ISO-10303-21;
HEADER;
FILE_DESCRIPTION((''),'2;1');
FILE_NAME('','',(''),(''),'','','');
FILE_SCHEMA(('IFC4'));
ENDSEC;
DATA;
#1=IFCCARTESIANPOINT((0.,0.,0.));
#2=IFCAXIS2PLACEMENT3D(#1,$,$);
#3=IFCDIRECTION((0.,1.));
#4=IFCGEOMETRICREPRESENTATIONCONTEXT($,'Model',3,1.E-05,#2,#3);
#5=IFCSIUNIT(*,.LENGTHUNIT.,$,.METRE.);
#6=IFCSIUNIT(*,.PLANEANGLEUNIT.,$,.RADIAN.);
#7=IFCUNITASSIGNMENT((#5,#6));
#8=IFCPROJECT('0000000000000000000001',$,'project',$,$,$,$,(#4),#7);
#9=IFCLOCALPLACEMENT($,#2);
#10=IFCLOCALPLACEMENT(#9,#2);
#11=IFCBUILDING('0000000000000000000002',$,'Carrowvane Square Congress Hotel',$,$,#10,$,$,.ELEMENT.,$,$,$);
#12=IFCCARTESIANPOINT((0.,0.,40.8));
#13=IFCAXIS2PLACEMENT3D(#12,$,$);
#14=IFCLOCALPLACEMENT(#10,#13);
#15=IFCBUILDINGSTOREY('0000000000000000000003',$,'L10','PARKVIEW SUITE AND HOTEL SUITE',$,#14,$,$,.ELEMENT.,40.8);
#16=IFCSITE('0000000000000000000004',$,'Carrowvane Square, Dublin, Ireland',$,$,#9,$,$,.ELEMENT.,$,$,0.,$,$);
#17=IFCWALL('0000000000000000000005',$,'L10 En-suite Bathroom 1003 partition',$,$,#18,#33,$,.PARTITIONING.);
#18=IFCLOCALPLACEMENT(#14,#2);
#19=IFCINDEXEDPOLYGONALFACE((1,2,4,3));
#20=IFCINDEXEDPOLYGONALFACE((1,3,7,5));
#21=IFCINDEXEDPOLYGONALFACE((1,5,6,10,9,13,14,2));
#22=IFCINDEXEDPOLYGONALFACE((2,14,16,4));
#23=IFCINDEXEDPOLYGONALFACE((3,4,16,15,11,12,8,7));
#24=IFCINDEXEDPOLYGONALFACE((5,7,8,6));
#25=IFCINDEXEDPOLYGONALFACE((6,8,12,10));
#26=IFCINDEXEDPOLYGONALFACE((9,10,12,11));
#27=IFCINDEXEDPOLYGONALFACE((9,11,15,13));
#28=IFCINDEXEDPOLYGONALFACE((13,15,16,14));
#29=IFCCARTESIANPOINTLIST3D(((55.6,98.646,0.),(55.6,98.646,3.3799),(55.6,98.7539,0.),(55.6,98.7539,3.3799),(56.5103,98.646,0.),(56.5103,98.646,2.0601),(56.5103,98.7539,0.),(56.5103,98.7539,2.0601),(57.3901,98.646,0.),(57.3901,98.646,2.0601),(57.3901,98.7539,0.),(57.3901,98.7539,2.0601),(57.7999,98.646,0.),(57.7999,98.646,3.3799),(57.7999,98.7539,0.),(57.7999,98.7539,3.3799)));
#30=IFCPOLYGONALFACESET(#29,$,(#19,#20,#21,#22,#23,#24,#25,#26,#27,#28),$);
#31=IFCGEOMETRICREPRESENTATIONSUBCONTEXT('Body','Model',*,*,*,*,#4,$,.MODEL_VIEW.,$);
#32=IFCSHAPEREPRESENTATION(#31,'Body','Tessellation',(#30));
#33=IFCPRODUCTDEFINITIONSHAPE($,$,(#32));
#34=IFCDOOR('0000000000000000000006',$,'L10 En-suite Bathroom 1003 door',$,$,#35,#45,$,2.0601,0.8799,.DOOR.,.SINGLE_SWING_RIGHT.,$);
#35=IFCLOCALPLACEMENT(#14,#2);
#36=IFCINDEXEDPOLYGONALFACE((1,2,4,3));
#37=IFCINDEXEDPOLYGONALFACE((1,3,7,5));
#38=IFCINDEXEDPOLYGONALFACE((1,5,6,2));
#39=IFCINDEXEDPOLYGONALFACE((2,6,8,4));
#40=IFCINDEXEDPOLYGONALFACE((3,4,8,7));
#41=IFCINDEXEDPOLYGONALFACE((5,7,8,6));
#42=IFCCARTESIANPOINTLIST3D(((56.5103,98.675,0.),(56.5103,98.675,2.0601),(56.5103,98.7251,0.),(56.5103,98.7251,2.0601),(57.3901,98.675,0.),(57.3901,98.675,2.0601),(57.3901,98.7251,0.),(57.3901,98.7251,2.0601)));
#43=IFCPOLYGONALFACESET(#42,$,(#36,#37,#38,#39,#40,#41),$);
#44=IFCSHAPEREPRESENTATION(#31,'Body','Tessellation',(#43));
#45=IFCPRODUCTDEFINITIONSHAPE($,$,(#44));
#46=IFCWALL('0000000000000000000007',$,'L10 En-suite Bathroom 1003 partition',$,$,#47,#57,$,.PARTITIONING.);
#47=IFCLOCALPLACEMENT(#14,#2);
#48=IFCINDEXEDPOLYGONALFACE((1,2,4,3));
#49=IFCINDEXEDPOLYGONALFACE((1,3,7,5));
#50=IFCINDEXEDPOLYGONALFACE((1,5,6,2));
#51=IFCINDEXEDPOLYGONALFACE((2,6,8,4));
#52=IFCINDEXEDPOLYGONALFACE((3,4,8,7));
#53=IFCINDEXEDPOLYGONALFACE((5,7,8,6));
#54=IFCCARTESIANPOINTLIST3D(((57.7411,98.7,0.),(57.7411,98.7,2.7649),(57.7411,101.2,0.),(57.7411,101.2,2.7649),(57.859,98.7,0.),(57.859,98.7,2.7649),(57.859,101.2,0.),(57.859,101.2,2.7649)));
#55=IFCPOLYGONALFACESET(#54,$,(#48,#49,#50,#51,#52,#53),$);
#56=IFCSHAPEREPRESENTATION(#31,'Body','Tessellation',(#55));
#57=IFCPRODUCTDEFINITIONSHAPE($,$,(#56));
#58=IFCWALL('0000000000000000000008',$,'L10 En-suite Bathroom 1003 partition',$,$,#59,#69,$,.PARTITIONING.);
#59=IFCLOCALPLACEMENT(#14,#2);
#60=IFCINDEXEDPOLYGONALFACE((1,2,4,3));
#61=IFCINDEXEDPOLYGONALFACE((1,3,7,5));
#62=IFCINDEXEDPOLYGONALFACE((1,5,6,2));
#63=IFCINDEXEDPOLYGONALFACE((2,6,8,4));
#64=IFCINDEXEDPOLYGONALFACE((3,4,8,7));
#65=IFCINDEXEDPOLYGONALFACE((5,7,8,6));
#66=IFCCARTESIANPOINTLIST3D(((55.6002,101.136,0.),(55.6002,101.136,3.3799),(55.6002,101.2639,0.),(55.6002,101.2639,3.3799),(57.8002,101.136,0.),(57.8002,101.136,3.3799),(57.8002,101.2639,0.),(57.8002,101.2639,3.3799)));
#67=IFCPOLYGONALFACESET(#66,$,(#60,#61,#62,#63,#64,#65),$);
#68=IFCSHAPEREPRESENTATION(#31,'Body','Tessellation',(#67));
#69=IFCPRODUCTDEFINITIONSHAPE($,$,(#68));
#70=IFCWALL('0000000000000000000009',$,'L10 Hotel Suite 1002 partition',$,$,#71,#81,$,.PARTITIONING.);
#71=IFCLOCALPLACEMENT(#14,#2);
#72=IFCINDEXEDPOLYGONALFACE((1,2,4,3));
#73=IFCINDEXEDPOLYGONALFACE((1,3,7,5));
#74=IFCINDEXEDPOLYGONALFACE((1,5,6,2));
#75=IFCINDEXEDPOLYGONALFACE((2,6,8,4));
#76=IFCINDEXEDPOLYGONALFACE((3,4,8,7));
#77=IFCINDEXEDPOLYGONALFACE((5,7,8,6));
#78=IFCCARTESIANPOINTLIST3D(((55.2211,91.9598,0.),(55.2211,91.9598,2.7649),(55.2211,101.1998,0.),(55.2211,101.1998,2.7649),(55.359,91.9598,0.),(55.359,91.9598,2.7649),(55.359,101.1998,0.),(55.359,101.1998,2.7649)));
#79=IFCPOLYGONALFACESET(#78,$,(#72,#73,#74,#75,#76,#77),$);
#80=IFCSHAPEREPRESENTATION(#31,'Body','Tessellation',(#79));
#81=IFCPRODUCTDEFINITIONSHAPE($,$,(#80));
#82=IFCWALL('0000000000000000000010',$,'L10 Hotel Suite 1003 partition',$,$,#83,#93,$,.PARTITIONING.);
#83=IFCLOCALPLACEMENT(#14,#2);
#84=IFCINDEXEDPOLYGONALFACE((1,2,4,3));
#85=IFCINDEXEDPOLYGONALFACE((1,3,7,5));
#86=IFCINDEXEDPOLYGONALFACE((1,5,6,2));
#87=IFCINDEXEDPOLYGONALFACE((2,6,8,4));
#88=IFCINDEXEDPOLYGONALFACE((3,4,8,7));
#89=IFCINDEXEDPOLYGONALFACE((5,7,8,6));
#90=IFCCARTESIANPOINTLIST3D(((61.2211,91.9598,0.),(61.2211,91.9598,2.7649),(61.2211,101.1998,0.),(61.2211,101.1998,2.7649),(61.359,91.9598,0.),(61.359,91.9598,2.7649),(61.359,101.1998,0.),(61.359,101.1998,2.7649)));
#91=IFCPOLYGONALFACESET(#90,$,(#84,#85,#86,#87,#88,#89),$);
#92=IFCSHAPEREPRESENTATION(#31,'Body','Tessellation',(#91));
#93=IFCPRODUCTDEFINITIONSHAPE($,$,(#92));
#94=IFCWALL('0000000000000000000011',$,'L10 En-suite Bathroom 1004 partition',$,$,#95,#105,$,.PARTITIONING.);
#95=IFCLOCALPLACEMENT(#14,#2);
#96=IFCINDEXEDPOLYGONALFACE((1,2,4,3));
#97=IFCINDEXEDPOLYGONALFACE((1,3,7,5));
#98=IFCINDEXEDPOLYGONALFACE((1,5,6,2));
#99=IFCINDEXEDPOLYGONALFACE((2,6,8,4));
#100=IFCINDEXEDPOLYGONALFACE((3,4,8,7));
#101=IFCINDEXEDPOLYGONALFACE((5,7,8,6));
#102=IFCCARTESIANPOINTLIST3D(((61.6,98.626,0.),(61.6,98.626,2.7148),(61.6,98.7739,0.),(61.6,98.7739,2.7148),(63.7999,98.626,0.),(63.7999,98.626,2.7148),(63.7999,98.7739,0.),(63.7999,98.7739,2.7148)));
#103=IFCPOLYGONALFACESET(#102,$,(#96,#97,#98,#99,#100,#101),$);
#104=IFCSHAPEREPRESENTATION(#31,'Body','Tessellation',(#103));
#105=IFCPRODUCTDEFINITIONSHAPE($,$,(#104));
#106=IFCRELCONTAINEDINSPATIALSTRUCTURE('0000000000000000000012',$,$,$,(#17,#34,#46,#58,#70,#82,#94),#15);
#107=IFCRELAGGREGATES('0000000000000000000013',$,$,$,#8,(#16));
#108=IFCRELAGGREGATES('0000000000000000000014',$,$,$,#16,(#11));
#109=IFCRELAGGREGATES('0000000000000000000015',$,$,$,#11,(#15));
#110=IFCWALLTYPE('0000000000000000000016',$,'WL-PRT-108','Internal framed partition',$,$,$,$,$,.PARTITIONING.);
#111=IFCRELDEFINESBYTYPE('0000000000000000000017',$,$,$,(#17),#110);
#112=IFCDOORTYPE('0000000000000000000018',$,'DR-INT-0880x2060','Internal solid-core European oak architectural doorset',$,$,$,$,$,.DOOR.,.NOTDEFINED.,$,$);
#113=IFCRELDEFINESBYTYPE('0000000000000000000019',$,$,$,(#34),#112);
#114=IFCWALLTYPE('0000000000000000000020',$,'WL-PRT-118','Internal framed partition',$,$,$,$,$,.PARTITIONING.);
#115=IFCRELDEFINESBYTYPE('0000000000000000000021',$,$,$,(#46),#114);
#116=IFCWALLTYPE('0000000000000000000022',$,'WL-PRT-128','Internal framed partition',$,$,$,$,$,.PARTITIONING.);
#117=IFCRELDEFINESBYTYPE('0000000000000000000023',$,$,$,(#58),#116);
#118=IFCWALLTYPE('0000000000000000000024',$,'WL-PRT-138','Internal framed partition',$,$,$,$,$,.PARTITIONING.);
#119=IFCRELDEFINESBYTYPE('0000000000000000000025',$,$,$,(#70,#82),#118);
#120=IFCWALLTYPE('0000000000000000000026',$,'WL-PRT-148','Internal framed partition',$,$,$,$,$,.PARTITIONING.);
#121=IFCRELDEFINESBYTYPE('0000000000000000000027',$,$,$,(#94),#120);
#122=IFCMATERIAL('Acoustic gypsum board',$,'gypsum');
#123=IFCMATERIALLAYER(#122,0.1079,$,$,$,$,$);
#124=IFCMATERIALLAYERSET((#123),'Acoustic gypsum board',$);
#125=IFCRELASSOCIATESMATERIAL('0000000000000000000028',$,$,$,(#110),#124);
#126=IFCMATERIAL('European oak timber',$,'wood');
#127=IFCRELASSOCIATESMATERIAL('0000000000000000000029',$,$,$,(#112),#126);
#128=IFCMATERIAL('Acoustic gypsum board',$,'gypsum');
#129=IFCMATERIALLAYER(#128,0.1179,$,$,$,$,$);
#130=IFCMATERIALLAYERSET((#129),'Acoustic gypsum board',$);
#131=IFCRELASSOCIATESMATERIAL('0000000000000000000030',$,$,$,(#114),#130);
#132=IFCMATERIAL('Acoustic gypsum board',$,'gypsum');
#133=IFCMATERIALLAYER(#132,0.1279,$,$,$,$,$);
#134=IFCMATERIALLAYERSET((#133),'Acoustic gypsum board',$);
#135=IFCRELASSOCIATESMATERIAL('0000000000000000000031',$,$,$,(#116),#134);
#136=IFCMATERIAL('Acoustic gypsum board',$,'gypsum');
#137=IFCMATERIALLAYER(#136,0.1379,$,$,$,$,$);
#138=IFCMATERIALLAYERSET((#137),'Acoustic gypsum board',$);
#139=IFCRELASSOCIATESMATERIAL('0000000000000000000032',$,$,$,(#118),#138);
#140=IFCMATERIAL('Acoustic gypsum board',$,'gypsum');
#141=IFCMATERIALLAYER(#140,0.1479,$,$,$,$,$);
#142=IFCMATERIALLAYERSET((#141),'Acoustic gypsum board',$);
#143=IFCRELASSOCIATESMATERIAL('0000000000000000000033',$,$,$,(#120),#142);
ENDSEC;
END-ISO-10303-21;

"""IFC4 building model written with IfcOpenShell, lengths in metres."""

from ifc_helpers import new_model, si_unit, direction, frame, frame_2d, origin, place, context, subcontext, project, spatial, rectangle, extrude, material, layer, layer_set, type_object, element, fill, save


model = new_model("IFC4")

# Units and contexts
model_context = context("Model", 3, precision=1e-05, world=origin(), true_north=direction((0.0, 1.0)))
body_context = subcontext(model_context, "Body", "Model", "MODEL_VIEW")
ifc_project = project(units=[si_unit("LENGTHUNIT", "METRE"), si_unit("PLANEANGLEUNIT", "RADIAN")], contexts=[model_context])

# Site, building, storey
site_placement = place(None, origin())
site = spatial("IfcSite", under=ifc_project, at=site_placement, Name="Carrowvane Square, Dublin, Ireland", CompositionType="ELEMENT", RefElevation=0.0)
building_placement = place(site_placement, origin())
building = spatial("IfcBuilding", under=site, at=building_placement, Name="Carrowvane Square Congress Hotel", CompositionType="ELEMENT")
storey_placement = place(building_placement, frame((0.0, 0.0, 40.8)))
storey = spatial("IfcBuildingStorey", under=building, at=storey_placement, Name="L10", Description="PARKVIEW SUITE AND HOTEL SUITE", CompositionType="ELEMENT", Elevation=40.8)

# Wall, opening, door
ifc_material_1 = material(Name="Acoustic gypsum board", Category="gypsum")
ifc_layer_1 = layer(ifc_material_1, 0.1079)
ifc_layer_set_1 = layer_set([ifc_layer_1], Name="Acoustic gypsum board")
wall_type_1 = type_object("IfcWallType", Name="WL-PRT-108", Description="Internal framed partition", PredefinedType="PARTITIONING", material=ifc_layer_set_1)
wall_1_placement = place(storey_placement, frame((57.8, 98.7, 0.0), z_axis=(0.0, 0.0, 1.0), x_axis=(-1.0, 0.0, 0.0)))
wall_1 = element("IfcWall", 1, at=wall_1_placement, inside=storey, type_object=wall_type_1, Name="L10 En-suite Bathroom 1003 partition", PredefinedType="PARTITIONING", context=body_context, shape_type="SweptSolid", body=[
    extrude(rectangle(XDim=2.2, YDim=0.1079, at=frame_2d((1.1001, 0.0))), origin(), (0.0, 0.0, 1.0), 3.3799),
])
opening_1_placement = place(wall_1_placement, frame((0.4099, 0.0, 0.0)))
opening_1 = element("IfcOpeningElement", 2, at=opening_1_placement, cuts=wall_1, PredefinedType="OPENING", context=body_context, shape_type="SweptSolid", body=[
    extrude(rectangle(XDim=0.8799, YDim=2.0601, at=frame_2d((0.4399, 1.03))), frame((0.0, 0.064, 0.0), z_axis=(0.0, -1.0, 0.0), x_axis=(1.0, 0.0, 0.0)), (0.0, 0.0, 1.0), 0.1279),
])
ifc_material_2 = material(Name="European oak timber", Category="wood")
door_type_1 = type_object("IfcDoorType", Name="DR-INT-0880x2060", Description="Internal solid-core European oak architectural doorset", OperationType="NOTDEFINED", PredefinedType="DOOR", material=ifc_material_2)
door_1_placement = place(opening_1_placement, origin())
door_1 = element("IfcDoor", 3, at=door_1_placement, inside=storey, type_object=door_type_1, Name="L10 En-suite Bathroom 1003 door", OperationType="SINGLE_SWING_RIGHT", OverallHeight=2.0601, OverallWidth=0.8799, PredefinedType="DOOR", context=body_context, shape_type="SweptSolid", body=[
    extrude(rectangle(XDim=0.8799, YDim=2.0601, at=frame_2d((0.4399, 1.03))), frame((0.0, 0.0249, 0.0), z_axis=(0.0, -1.0, 0.0), x_axis=(1.0, 0.0, 0.0)), (0.0, 0.0, 1.0), 0.05),
])
fill(opening_1, door_1)

# Walls
ifc_material_3 = material(Name="Acoustic gypsum board", Category="gypsum")
ifc_layer_2 = layer(ifc_material_3, 0.1179)
ifc_layer_set_2 = layer_set([ifc_layer_2], Name="Acoustic gypsum board")
wall_type_2 = type_object("IfcWallType", Name="WL-PRT-118", Description="Internal framed partition", PredefinedType="PARTITIONING", material=ifc_layer_set_2)
wall_2_placement = place(storey_placement, frame((57.8, 101.2, 0.0), z_axis=(0.0, 0.0, 1.0), x_axis=(0.0, -1.0, 0.0)))
element("IfcWall", 4, at=wall_2_placement, inside=storey, type_object=wall_type_2, Name="L10 En-suite Bathroom 1003 partition", PredefinedType="PARTITIONING", context=body_context, shape_type="SweptSolid", body=[
    extrude(rectangle(XDim=2.5, YDim=0.1179, at=frame_2d((1.25, 0.0))), origin(), (0.0, 0.0, 1.0), 2.7649),
])
ifc_material_4 = material(Name="Acoustic gypsum board", Category="gypsum")
ifc_layer_3 = layer(ifc_material_4, 0.1279)
ifc_layer_set_3 = layer_set([ifc_layer_3], Name="Acoustic gypsum board")
wall_type_3 = type_object("IfcWallType", Name="WL-PRT-128", Description="Internal framed partition", PredefinedType="PARTITIONING", material=ifc_layer_set_3)
wall_3_placement = place(storey_placement, frame((55.6001, 101.2, 0.0), z_axis=(0.0, 0.0, 1.0), x_axis=(1.0, 0.0, 0.0)))
element("IfcWall", 5, at=wall_3_placement, inside=storey, type_object=wall_type_3, Name="L10 En-suite Bathroom 1003 partition", PredefinedType="PARTITIONING", context=body_context, shape_type="SweptSolid", body=[
    extrude(rectangle(XDim=2.2, YDim=0.1279, at=frame_2d((1.1001, 0.0))), origin(), (0.0, 0.0, 1.0), 3.3799),
])
ifc_material_5 = material(Name="Acoustic gypsum board", Category="gypsum")
ifc_layer_4 = layer(ifc_material_5, 0.1379)
ifc_layer_set_4 = layer_set([ifc_layer_4], Name="Acoustic gypsum board")
wall_type_4 = type_object("IfcWallType", Name="WL-PRT-138", Description="Internal framed partition", PredefinedType="PARTITIONING", material=ifc_layer_set_4)
for number, where, z_axis, x_axis, name in (
    (6, (55.29, 101.2, 0.0), (0.0, 0.0, 1.0), (0.0, -1.0, 0.0), "L10 Hotel Suite 1002 partition"),
    (7, (61.29, 101.2, 0.0), (0.0, 0.0, 1.0), (0.0, -1.0, 0.0), "L10 Hotel Suite 1003 partition"),
):
    element("IfcWall", number, at=place(storey_placement, frame(where, z_axis=z_axis, x_axis=x_axis)), inside=storey, type_object=wall_type_4, Name=name, PredefinedType="PARTITIONING", context=body_context, shape_type="SweptSolid", body=[
        extrude(rectangle(XDim=9.24, YDim=0.1379, at=frame_2d((4.6201, 0.0))), origin(), (0.0, 0.0, 1.0), 2.7649),
    ])
ifc_material_6 = material(Name="Acoustic gypsum board", Category="gypsum")
ifc_layer_5 = layer(ifc_material_6, 0.1479)
ifc_layer_set_5 = layer_set([ifc_layer_5], Name="Acoustic gypsum board")
wall_type_5 = type_object("IfcWallType", Name="WL-PRT-148", Description="Internal framed partition", PredefinedType="PARTITIONING", material=ifc_layer_set_5)
wall_4_placement = place(storey_placement, frame((63.8, 98.7, 0.0), z_axis=(0.0, 0.0, 1.0), x_axis=(-1.0, 0.0, 0.0)))
element("IfcWall", 8, at=wall_4_placement, inside=storey, type_object=wall_type_5, Name="L10 En-suite Bathroom 1004 partition", PredefinedType="PARTITIONING", context=body_context, shape_type="SweptSolid", body=[
    extrude(rectangle(XDim=2.2, YDim=0.1479, at=frame_2d((1.1001, 0.0))), origin(), (0.0, 0.0, 1.0), 2.7148),
])

save(model, "model.ifc")
